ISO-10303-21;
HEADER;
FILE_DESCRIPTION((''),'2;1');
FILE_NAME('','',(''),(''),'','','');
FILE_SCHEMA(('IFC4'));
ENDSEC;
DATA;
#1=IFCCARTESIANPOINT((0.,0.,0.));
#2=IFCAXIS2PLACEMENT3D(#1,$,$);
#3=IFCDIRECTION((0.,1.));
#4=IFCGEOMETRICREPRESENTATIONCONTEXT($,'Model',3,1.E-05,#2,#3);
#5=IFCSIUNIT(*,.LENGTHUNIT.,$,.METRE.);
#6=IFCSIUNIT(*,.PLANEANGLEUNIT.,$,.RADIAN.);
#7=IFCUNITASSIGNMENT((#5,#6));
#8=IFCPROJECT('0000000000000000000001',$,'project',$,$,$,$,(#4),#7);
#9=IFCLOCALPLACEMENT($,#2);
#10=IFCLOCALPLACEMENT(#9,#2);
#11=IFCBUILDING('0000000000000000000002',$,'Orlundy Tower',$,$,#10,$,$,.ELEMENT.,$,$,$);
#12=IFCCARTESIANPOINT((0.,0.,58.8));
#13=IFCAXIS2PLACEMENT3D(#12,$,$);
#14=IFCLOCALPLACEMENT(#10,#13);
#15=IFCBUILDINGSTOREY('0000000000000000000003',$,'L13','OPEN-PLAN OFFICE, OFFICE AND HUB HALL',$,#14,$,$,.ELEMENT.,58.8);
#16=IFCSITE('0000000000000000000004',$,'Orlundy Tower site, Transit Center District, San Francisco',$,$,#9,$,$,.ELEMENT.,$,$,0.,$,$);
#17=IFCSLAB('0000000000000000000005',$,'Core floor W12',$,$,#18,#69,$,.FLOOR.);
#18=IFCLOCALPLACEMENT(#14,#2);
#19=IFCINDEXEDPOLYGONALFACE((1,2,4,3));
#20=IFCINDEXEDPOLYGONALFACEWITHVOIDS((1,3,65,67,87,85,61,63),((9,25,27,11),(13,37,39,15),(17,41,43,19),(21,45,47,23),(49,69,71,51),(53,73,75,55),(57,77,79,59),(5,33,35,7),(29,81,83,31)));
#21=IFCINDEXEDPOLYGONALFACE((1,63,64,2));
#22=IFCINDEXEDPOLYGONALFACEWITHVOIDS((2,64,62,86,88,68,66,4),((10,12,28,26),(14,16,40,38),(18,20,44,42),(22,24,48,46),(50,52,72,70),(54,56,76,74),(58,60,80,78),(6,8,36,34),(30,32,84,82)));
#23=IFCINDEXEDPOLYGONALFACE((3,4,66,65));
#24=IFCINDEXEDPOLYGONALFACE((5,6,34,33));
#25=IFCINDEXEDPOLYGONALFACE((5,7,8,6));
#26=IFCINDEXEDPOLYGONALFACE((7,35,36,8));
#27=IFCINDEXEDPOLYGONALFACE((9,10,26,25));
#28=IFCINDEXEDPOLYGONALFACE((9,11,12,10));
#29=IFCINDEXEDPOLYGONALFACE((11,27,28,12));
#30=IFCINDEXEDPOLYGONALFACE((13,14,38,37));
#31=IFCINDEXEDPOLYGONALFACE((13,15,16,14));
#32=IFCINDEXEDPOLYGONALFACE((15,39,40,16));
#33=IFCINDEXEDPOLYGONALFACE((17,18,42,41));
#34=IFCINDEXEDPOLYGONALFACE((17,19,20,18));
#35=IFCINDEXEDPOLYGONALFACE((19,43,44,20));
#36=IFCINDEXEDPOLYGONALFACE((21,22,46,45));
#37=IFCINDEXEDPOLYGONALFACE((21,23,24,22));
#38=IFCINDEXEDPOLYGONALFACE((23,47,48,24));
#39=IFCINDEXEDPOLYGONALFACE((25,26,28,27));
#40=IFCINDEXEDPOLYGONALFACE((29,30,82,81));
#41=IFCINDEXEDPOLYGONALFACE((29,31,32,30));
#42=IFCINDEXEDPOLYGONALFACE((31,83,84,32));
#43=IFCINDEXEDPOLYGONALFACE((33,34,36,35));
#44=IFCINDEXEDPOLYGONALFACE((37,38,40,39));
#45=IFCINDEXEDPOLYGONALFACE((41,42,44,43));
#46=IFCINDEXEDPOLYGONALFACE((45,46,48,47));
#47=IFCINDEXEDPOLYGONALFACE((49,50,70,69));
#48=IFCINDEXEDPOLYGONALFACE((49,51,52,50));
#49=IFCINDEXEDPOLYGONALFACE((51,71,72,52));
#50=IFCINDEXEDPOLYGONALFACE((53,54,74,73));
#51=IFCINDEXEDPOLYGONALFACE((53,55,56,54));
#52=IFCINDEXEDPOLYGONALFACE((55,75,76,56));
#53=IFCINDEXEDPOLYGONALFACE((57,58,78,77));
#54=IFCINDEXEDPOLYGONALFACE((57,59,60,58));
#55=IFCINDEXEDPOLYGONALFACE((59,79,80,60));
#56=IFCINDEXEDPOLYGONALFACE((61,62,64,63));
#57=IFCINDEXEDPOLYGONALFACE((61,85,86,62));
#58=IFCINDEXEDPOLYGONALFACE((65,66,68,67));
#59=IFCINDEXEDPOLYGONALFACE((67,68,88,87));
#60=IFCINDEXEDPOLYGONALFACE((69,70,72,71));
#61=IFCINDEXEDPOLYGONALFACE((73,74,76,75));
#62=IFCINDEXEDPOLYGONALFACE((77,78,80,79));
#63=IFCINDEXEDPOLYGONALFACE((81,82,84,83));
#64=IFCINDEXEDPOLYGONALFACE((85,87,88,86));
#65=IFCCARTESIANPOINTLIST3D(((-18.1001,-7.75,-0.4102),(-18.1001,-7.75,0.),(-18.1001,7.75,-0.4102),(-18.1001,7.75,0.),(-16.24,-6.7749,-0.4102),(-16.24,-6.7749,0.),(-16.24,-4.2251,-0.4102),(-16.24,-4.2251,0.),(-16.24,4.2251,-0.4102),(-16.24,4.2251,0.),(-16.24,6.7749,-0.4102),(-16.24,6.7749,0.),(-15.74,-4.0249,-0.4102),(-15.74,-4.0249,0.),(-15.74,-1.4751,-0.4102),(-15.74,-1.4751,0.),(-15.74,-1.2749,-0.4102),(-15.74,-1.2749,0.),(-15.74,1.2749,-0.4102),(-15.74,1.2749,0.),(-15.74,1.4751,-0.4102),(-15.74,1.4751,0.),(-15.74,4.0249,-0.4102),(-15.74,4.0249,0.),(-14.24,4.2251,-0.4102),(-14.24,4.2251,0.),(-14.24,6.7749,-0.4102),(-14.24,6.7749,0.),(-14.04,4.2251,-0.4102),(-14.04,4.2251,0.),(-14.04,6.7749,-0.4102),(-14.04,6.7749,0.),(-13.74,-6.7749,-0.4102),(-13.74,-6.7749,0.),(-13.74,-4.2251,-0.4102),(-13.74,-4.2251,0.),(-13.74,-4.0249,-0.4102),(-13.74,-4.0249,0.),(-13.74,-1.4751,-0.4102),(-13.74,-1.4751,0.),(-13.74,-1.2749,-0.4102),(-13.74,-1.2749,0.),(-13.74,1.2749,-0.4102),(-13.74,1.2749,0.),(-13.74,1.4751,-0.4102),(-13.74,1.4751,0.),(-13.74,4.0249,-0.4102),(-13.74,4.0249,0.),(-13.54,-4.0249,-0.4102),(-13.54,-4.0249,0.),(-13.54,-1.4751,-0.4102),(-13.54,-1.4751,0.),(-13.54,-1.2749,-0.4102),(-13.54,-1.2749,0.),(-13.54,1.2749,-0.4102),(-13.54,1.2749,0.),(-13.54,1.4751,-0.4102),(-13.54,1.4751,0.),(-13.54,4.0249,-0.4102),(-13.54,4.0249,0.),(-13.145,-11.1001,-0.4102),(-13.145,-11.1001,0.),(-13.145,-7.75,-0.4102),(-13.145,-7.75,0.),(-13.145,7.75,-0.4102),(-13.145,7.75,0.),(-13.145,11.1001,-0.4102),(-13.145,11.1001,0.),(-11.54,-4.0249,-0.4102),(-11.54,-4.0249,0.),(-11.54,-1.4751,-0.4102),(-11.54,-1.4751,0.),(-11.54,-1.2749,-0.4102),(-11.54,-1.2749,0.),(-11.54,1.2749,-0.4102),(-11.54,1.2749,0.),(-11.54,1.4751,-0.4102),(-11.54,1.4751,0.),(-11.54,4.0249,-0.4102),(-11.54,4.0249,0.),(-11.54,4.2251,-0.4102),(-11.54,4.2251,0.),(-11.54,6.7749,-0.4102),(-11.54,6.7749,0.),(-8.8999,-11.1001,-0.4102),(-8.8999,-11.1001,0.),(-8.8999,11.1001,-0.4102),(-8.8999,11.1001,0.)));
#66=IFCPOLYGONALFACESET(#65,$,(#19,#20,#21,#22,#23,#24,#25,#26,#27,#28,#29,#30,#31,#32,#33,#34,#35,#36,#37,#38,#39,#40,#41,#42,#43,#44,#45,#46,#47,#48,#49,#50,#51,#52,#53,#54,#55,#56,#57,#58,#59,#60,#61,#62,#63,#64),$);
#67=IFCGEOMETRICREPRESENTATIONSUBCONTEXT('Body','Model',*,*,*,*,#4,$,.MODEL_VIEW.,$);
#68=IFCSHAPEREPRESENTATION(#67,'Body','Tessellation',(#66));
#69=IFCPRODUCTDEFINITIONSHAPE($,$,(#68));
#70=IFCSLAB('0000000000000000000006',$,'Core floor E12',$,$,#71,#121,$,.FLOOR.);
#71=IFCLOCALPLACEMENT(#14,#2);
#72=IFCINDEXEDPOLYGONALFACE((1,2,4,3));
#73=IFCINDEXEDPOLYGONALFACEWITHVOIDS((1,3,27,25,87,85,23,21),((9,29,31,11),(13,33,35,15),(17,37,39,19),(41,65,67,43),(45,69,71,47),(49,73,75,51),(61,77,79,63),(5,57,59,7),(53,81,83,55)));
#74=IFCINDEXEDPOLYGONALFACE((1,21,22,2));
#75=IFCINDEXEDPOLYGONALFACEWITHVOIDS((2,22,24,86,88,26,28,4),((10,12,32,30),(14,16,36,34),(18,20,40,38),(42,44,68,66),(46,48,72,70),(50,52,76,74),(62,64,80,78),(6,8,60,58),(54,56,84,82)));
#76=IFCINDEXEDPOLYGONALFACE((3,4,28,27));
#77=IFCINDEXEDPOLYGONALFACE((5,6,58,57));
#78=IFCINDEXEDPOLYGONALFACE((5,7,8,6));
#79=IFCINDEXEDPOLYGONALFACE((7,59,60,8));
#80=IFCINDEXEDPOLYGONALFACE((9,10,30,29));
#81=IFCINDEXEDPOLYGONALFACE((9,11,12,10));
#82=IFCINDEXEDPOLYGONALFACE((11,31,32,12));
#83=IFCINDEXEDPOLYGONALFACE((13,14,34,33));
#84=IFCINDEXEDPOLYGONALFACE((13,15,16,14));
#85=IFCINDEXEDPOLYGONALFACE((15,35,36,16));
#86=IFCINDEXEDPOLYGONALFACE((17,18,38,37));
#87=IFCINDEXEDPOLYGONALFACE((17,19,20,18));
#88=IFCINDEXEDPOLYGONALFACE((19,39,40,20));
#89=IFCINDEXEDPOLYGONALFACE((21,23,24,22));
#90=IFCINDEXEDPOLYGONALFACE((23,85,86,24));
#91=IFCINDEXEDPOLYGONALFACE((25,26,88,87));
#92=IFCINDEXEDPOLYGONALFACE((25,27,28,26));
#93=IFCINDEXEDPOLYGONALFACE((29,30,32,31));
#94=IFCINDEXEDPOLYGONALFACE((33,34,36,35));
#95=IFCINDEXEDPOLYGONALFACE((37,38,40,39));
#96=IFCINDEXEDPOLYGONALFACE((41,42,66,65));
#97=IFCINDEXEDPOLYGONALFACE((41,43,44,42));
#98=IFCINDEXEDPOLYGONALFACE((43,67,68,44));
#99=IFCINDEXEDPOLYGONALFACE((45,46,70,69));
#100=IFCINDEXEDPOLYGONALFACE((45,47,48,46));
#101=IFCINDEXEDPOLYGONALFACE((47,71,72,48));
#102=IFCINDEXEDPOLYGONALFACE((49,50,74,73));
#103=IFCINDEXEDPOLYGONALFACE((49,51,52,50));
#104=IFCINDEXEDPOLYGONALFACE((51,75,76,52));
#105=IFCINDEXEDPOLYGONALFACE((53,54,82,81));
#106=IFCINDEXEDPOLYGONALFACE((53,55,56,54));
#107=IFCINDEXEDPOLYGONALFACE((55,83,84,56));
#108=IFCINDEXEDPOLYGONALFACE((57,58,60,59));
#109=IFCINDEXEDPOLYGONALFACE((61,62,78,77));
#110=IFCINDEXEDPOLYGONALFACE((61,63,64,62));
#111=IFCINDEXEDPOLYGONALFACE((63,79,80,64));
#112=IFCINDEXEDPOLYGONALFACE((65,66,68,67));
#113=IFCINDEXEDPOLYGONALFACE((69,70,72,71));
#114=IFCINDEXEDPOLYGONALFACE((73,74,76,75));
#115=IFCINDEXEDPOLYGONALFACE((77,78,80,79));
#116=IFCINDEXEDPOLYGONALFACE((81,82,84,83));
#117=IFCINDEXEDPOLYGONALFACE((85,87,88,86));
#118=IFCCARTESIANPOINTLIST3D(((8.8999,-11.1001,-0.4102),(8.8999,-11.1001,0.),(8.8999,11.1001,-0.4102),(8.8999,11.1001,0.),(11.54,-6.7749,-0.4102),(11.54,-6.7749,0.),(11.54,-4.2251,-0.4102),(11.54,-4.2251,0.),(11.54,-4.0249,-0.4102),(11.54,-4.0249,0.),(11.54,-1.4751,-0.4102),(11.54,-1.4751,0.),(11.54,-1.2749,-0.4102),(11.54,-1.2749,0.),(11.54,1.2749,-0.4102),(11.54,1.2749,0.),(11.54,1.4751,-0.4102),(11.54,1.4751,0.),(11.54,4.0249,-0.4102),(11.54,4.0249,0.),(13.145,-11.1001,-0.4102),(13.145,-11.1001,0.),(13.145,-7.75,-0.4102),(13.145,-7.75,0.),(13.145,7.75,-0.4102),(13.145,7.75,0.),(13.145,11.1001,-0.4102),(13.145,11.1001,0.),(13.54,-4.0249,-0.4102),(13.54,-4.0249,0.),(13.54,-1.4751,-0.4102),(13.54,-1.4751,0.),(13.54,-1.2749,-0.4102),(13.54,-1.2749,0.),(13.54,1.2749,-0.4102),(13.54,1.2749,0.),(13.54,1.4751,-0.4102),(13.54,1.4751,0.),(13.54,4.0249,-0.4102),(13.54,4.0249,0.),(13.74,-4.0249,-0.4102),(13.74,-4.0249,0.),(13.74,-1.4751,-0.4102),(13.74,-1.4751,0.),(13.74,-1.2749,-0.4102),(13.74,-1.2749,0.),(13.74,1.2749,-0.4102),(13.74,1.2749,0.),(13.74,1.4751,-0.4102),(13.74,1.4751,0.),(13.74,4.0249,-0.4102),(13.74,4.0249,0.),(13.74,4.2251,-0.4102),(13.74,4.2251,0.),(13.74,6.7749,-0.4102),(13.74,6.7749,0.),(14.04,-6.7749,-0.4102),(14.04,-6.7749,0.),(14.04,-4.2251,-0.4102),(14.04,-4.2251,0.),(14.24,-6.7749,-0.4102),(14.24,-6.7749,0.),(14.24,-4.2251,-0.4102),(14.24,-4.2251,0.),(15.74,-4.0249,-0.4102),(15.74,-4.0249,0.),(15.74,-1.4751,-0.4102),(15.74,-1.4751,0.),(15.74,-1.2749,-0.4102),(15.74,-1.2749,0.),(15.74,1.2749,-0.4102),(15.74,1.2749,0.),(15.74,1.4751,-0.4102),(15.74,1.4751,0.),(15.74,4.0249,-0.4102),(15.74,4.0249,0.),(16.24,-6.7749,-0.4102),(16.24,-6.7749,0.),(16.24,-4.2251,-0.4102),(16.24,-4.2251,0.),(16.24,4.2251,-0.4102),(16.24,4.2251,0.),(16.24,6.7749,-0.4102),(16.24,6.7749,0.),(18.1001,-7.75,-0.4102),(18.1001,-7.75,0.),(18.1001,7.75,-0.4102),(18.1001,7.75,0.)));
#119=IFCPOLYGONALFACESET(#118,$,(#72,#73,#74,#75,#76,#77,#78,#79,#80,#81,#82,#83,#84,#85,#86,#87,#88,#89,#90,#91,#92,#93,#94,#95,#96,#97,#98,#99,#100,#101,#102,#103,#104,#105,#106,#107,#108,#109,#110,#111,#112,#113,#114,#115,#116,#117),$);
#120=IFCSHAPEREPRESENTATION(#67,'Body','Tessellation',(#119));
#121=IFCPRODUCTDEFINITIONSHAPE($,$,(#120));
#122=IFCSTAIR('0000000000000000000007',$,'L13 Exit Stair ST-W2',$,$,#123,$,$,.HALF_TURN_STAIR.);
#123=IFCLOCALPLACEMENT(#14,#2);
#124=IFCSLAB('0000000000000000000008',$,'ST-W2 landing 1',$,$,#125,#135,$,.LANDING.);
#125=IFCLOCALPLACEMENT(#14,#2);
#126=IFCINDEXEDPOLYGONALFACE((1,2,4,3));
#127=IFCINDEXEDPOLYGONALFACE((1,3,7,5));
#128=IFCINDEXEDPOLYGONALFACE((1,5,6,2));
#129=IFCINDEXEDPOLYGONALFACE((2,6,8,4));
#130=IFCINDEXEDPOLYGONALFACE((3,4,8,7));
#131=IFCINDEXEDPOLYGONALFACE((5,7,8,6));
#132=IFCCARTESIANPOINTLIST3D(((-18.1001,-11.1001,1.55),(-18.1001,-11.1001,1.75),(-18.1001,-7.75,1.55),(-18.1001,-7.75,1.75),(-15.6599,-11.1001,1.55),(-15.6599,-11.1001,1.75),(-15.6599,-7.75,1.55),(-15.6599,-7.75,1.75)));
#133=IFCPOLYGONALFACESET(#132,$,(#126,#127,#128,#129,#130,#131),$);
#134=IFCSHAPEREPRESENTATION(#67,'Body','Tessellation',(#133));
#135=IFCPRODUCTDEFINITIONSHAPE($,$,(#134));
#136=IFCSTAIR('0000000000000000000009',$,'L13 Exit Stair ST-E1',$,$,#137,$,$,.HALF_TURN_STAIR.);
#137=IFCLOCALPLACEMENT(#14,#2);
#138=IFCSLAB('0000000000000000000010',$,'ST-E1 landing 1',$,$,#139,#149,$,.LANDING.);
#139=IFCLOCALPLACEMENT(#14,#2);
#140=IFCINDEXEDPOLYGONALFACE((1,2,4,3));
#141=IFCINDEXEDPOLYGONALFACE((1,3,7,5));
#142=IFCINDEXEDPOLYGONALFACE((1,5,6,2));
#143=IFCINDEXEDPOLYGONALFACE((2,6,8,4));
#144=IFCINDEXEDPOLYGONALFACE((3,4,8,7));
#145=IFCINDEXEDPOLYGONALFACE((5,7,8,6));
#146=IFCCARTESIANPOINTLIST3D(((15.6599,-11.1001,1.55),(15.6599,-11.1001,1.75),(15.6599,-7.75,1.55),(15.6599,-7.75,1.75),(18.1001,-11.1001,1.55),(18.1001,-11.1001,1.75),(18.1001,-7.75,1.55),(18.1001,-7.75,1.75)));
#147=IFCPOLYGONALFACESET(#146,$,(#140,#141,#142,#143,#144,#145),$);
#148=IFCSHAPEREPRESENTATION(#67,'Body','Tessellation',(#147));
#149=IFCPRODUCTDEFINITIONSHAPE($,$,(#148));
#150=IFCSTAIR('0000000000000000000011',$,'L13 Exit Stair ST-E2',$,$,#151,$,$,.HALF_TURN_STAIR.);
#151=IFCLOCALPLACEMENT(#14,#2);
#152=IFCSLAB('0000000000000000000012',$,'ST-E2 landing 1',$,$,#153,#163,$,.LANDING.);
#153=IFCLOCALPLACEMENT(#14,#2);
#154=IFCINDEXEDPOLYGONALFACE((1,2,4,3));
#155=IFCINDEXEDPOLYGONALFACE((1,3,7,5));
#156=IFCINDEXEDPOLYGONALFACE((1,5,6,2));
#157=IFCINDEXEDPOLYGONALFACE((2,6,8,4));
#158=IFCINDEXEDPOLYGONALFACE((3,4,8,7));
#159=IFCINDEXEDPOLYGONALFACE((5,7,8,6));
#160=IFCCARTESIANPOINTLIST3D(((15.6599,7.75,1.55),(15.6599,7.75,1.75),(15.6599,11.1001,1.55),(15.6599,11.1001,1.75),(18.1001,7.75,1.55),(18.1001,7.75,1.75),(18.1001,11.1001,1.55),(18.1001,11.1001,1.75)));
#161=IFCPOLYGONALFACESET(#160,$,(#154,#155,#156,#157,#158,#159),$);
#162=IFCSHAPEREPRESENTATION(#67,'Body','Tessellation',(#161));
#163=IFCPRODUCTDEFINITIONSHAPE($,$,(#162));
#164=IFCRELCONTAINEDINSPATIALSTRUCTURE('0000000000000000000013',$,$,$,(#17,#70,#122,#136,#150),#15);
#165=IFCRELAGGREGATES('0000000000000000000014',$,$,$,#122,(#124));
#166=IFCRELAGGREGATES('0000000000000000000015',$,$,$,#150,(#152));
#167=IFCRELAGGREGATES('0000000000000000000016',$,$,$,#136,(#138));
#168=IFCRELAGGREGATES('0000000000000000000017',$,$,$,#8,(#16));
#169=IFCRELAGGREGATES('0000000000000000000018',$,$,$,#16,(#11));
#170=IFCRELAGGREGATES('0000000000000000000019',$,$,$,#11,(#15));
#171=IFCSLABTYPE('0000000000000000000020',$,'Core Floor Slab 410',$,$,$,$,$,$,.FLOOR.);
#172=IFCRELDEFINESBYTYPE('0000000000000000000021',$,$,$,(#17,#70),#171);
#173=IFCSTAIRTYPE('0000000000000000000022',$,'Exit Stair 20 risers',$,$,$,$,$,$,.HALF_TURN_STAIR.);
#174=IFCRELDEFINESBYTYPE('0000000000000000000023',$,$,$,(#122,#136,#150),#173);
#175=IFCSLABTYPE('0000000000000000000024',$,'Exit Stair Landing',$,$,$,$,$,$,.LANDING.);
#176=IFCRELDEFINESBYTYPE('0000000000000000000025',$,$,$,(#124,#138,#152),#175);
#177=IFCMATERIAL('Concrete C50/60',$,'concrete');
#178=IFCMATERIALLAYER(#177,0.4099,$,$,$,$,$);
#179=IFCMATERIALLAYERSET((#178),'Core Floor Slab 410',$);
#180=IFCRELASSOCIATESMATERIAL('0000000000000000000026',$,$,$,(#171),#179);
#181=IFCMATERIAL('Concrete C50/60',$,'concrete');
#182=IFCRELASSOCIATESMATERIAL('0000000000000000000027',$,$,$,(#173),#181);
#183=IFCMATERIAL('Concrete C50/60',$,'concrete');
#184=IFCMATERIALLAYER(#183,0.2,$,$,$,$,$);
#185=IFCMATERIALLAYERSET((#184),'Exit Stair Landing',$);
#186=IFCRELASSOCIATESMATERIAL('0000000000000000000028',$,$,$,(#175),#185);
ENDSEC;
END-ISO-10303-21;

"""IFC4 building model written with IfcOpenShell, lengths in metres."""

from ifc_helpers import new_model, si_unit, direction, frame, origin, place, context, subcontext, project, spatial, polyline, outline, extrude, material, layer, layer_set, type_object, element, aggregate, save


model = new_model("IFC4")

# Units and contexts
model_context = context("Model", 3, precision=1e-05, world=origin(), true_north=direction((0.0, 1.0)))
body_context = subcontext(model_context, "Body", "Model", "MODEL_VIEW")
ifc_project = project(units=[si_unit("LENGTHUNIT", "METRE"), si_unit("PLANEANGLEUNIT", "RADIAN")], contexts=[model_context])

# Site, building, storey
site_placement = place(None, origin())
site = spatial("IfcSite", under=ifc_project, at=site_placement, Name="Orlundy Tower site, Transit Center District, San Francisco", CompositionType="ELEMENT", RefElevation=0.0)
building_placement = place(site_placement, origin())
building = spatial("IfcBuilding", under=site, at=building_placement, Name="Orlundy Tower", CompositionType="ELEMENT")
storey_placement = place(building_placement, frame((0.0, 0.0, 58.8)))
storey = spatial("IfcBuildingStorey", under=building, at=storey_placement, Name="L13", Description="OPEN-PLAN OFFICE, OFFICE AND HUB HALL", CompositionType="ELEMENT", Elevation=58.8)

# Slabs
ifc_material_1 = material(Name="Concrete C50/60", Category="concrete")
ifc_layer_1 = layer(ifc_material_1, 0.4099)
ifc_layer_set_1 = layer_set([ifc_layer_1], Name="Core Floor Slab 410")
slab_type_1 = type_object("IfcSlabType", Name="Core Floor Slab 410", PredefinedType="FLOOR", material=ifc_layer_set_1)
slab_1_placement = place(storey_placement, frame((0.0, 0.0, -0.4102)))
element("IfcSlab", 1, at=slab_1_placement, inside=storey, type_object=slab_type_1, Name="Core floor W12", PredefinedType="FLOOR", context=body_context, shape_type="SweptSolid", body=[
    extrude(outline(polyline([(-13.145, 7.75), (-13.145, 11.1001), (-8.8999, 11.1001), (-8.8999, -11.1001), (-13.145, -11.1001), (-13.145, -7.75), (-18.1001, -7.75), (-18.1001, 7.75), (-13.145, 7.75)]), holes=[polyline([(-16.24, -6.7749), (-13.74, -6.7749), (-13.74, -4.2251), (-16.24, -4.2251), (-16.24, -6.7749)]), polyline([(-13.54, -1.4751), (-13.54, -4.0249), (-11.54, -4.0249), (-11.54, -1.4751), (-13.54, -1.4751)]), polyline([(-13.74, -1.4751), (-15.74, -1.4751), (-15.74, -4.0249), (-13.74, -4.0249), (-13.74, -1.4751)]), polyline([(-11.54, -1.2749), (-11.54, 1.2749), (-13.54, 1.2749), (-13.54, -1.2749), (-11.54, -1.2749)]), polyline([(-15.74, -1.2749), (-13.74, -1.2749), (-13.74, 1.2749), (-15.74, 1.2749), (-15.74, -1.2749)]), polyline([(-13.54, 4.0249), (-13.54, 1.4751), (-11.54, 1.4751), (-11.54, 4.0249), (-13.54, 4.0249)]), polyline([(-13.74, 4.0249), (-15.74, 4.0249), (-15.74, 1.4751), (-13.74, 1.4751), (-13.74, 4.0249)]), polyline([(-11.54, 4.2251), (-11.54, 6.7749), (-14.04, 6.7749), (-14.04, 4.2251), (-11.54, 4.2251)]), polyline([(-16.24, 4.2251), (-14.24, 4.2251), (-14.24, 6.7749), (-16.24, 6.7749), (-16.24, 4.2251)])]), origin(), (0.0, 0.0, 1.0), 0.4102),
])
slab_2_placement = place(storey_placement, frame((0.0, 0.0, -0.4102)))
element("IfcSlab", 2, at=slab_2_placement, inside=storey, type_object=slab_type_1, Name="Core floor E12", PredefinedType="FLOOR", context=body_context, shape_type="SweptSolid", body=[
    extrude(outline(polyline([(13.145, -7.75), (13.145, -11.1001), (8.8999, -11.1001), (8.8999, 11.1001), (13.145, 11.1001), (13.145, 7.75), (18.1001, 7.75), (18.1001, -7.75), (13.145, -7.75)]), holes=[polyline([(16.24, 6.7749), (13.74, 6.7749), (13.74, 4.2251), (16.24, 4.2251), (16.24, 6.7749)]), polyline([(13.54, 1.4751), (13.54, 4.0249), (11.54, 4.0249), (11.54, 1.4751), (13.54, 1.4751)]), polyline([(13.74, 1.4751), (15.74, 1.4751), (15.74, 4.0249), (13.74, 4.0249), (13.74, 1.4751)]), polyline([(11.54, 1.2749), (11.54, -1.2749), (13.54, -1.2749), (13.54, 1.2749), (11.54, 1.2749)]), polyline([(15.74, 1.2749), (13.74, 1.2749), (13.74, -1.2749), (15.74, -1.2749), (15.74, 1.2749)]), polyline([(13.54, -4.0249), (13.54, -1.4751), (11.54, -1.4751), (11.54, -4.0249), (13.54, -4.0249)]), polyline([(13.74, -4.0249), (15.74, -4.0249), (15.74, -1.4751), (13.74, -1.4751), (13.74, -4.0249)]), polyline([(11.54, -4.2251), (11.54, -6.7749), (14.04, -6.7749), (14.04, -4.2251), (11.54, -4.2251)]), polyline([(16.24, -4.2251), (14.24, -4.2251), (14.24, -6.7749), (16.24, -6.7749), (16.24, -4.2251)])]), origin(), (0.0, 0.0, 1.0), 0.4102),
])

# Stairs, slabs
ifc_material_2 = material(Name="Concrete C50/60", Category="concrete")
stair_type = type_object("IfcStairType", Name="Exit Stair 20 risers", PredefinedType="HALF_TURN_STAIR", material=ifc_material_2)
stair_1_placement = place(storey_placement, origin())
stair_1 = element("IfcStair", 3, at=stair_1_placement, inside=storey, type_object=stair_type, Name="L13 Exit Stair ST-W2", PredefinedType="HALF_TURN_STAIR")
ifc_material_3 = material(Name="Concrete C50/60", Category="concrete")
ifc_layer_2 = layer(ifc_material_3, 0.2)
ifc_layer_set_2 = layer_set([ifc_layer_2], Name="Exit Stair Landing")
slab_type_2 = type_object("IfcSlabType", Name="Exit Stair Landing", PredefinedType="LANDING", material=ifc_layer_set_2)
slab_3_placement = place(storey_placement, frame((0.0, 0.0, 1.55)))
slab_3 = element("IfcSlab", 4, at=slab_3_placement, type_object=slab_type_2, Name="ST-W2 landing 1", PredefinedType="LANDING", context=body_context, shape_type="SweptSolid", body=[
    extrude(outline(polyline([(-15.6599, -7.75), (-18.1001, -7.75), (-18.1001, -11.1001), (-15.6599, -11.1001), (-15.6599, -7.75)])), origin(), (0.0, 0.0, 1.0), 0.2),
])
aggregate(stair_1, [slab_3])
stair_2_placement = place(storey_placement, origin())
stair_2 = element("IfcStair", 5, at=stair_2_placement, inside=storey, type_object=stair_type, Name="L13 Exit Stair ST-E1", PredefinedType="HALF_TURN_STAIR")
slab_4_placement = place(storey_placement, frame((0.0, 0.0, 1.55)))
slab_4 = element("IfcSlab", 6, at=slab_4_placement, type_object=slab_type_2, Name="ST-E1 landing 1", PredefinedType="LANDING", context=body_context, shape_type="SweptSolid", body=[
    extrude(outline(polyline([(15.6599, -11.1001), (18.1001, -11.1001), (18.1001, -7.75), (15.6599, -7.75), (15.6599, -11.1001)])), origin(), (0.0, 0.0, 1.0), 0.2),
])
stair_3_placement = place(storey_placement, origin())
stair_3 = element("IfcStair", 7, at=stair_3_placement, inside=storey, type_object=stair_type, Name="L13 Exit Stair ST-E2", PredefinedType="HALF_TURN_STAIR")
slab_5_placement = place(storey_placement, frame((0.0, 0.0, 1.55)))
slab_5 = element("IfcSlab", 8, at=slab_5_placement, type_object=slab_type_2, Name="ST-E2 landing 1", PredefinedType="LANDING", context=body_context, shape_type="SweptSolid", body=[
    extrude(outline(polyline([(15.6599, 7.75), (18.1001, 7.75), (18.1001, 11.1001), (15.6599, 11.1001), (15.6599, 7.75)])), origin(), (0.0, 0.0, 1.0), 0.2),
])
aggregate(stair_3, [slab_5])

aggregate(stair_2, [slab_4])

save(model, "model.ifc")
